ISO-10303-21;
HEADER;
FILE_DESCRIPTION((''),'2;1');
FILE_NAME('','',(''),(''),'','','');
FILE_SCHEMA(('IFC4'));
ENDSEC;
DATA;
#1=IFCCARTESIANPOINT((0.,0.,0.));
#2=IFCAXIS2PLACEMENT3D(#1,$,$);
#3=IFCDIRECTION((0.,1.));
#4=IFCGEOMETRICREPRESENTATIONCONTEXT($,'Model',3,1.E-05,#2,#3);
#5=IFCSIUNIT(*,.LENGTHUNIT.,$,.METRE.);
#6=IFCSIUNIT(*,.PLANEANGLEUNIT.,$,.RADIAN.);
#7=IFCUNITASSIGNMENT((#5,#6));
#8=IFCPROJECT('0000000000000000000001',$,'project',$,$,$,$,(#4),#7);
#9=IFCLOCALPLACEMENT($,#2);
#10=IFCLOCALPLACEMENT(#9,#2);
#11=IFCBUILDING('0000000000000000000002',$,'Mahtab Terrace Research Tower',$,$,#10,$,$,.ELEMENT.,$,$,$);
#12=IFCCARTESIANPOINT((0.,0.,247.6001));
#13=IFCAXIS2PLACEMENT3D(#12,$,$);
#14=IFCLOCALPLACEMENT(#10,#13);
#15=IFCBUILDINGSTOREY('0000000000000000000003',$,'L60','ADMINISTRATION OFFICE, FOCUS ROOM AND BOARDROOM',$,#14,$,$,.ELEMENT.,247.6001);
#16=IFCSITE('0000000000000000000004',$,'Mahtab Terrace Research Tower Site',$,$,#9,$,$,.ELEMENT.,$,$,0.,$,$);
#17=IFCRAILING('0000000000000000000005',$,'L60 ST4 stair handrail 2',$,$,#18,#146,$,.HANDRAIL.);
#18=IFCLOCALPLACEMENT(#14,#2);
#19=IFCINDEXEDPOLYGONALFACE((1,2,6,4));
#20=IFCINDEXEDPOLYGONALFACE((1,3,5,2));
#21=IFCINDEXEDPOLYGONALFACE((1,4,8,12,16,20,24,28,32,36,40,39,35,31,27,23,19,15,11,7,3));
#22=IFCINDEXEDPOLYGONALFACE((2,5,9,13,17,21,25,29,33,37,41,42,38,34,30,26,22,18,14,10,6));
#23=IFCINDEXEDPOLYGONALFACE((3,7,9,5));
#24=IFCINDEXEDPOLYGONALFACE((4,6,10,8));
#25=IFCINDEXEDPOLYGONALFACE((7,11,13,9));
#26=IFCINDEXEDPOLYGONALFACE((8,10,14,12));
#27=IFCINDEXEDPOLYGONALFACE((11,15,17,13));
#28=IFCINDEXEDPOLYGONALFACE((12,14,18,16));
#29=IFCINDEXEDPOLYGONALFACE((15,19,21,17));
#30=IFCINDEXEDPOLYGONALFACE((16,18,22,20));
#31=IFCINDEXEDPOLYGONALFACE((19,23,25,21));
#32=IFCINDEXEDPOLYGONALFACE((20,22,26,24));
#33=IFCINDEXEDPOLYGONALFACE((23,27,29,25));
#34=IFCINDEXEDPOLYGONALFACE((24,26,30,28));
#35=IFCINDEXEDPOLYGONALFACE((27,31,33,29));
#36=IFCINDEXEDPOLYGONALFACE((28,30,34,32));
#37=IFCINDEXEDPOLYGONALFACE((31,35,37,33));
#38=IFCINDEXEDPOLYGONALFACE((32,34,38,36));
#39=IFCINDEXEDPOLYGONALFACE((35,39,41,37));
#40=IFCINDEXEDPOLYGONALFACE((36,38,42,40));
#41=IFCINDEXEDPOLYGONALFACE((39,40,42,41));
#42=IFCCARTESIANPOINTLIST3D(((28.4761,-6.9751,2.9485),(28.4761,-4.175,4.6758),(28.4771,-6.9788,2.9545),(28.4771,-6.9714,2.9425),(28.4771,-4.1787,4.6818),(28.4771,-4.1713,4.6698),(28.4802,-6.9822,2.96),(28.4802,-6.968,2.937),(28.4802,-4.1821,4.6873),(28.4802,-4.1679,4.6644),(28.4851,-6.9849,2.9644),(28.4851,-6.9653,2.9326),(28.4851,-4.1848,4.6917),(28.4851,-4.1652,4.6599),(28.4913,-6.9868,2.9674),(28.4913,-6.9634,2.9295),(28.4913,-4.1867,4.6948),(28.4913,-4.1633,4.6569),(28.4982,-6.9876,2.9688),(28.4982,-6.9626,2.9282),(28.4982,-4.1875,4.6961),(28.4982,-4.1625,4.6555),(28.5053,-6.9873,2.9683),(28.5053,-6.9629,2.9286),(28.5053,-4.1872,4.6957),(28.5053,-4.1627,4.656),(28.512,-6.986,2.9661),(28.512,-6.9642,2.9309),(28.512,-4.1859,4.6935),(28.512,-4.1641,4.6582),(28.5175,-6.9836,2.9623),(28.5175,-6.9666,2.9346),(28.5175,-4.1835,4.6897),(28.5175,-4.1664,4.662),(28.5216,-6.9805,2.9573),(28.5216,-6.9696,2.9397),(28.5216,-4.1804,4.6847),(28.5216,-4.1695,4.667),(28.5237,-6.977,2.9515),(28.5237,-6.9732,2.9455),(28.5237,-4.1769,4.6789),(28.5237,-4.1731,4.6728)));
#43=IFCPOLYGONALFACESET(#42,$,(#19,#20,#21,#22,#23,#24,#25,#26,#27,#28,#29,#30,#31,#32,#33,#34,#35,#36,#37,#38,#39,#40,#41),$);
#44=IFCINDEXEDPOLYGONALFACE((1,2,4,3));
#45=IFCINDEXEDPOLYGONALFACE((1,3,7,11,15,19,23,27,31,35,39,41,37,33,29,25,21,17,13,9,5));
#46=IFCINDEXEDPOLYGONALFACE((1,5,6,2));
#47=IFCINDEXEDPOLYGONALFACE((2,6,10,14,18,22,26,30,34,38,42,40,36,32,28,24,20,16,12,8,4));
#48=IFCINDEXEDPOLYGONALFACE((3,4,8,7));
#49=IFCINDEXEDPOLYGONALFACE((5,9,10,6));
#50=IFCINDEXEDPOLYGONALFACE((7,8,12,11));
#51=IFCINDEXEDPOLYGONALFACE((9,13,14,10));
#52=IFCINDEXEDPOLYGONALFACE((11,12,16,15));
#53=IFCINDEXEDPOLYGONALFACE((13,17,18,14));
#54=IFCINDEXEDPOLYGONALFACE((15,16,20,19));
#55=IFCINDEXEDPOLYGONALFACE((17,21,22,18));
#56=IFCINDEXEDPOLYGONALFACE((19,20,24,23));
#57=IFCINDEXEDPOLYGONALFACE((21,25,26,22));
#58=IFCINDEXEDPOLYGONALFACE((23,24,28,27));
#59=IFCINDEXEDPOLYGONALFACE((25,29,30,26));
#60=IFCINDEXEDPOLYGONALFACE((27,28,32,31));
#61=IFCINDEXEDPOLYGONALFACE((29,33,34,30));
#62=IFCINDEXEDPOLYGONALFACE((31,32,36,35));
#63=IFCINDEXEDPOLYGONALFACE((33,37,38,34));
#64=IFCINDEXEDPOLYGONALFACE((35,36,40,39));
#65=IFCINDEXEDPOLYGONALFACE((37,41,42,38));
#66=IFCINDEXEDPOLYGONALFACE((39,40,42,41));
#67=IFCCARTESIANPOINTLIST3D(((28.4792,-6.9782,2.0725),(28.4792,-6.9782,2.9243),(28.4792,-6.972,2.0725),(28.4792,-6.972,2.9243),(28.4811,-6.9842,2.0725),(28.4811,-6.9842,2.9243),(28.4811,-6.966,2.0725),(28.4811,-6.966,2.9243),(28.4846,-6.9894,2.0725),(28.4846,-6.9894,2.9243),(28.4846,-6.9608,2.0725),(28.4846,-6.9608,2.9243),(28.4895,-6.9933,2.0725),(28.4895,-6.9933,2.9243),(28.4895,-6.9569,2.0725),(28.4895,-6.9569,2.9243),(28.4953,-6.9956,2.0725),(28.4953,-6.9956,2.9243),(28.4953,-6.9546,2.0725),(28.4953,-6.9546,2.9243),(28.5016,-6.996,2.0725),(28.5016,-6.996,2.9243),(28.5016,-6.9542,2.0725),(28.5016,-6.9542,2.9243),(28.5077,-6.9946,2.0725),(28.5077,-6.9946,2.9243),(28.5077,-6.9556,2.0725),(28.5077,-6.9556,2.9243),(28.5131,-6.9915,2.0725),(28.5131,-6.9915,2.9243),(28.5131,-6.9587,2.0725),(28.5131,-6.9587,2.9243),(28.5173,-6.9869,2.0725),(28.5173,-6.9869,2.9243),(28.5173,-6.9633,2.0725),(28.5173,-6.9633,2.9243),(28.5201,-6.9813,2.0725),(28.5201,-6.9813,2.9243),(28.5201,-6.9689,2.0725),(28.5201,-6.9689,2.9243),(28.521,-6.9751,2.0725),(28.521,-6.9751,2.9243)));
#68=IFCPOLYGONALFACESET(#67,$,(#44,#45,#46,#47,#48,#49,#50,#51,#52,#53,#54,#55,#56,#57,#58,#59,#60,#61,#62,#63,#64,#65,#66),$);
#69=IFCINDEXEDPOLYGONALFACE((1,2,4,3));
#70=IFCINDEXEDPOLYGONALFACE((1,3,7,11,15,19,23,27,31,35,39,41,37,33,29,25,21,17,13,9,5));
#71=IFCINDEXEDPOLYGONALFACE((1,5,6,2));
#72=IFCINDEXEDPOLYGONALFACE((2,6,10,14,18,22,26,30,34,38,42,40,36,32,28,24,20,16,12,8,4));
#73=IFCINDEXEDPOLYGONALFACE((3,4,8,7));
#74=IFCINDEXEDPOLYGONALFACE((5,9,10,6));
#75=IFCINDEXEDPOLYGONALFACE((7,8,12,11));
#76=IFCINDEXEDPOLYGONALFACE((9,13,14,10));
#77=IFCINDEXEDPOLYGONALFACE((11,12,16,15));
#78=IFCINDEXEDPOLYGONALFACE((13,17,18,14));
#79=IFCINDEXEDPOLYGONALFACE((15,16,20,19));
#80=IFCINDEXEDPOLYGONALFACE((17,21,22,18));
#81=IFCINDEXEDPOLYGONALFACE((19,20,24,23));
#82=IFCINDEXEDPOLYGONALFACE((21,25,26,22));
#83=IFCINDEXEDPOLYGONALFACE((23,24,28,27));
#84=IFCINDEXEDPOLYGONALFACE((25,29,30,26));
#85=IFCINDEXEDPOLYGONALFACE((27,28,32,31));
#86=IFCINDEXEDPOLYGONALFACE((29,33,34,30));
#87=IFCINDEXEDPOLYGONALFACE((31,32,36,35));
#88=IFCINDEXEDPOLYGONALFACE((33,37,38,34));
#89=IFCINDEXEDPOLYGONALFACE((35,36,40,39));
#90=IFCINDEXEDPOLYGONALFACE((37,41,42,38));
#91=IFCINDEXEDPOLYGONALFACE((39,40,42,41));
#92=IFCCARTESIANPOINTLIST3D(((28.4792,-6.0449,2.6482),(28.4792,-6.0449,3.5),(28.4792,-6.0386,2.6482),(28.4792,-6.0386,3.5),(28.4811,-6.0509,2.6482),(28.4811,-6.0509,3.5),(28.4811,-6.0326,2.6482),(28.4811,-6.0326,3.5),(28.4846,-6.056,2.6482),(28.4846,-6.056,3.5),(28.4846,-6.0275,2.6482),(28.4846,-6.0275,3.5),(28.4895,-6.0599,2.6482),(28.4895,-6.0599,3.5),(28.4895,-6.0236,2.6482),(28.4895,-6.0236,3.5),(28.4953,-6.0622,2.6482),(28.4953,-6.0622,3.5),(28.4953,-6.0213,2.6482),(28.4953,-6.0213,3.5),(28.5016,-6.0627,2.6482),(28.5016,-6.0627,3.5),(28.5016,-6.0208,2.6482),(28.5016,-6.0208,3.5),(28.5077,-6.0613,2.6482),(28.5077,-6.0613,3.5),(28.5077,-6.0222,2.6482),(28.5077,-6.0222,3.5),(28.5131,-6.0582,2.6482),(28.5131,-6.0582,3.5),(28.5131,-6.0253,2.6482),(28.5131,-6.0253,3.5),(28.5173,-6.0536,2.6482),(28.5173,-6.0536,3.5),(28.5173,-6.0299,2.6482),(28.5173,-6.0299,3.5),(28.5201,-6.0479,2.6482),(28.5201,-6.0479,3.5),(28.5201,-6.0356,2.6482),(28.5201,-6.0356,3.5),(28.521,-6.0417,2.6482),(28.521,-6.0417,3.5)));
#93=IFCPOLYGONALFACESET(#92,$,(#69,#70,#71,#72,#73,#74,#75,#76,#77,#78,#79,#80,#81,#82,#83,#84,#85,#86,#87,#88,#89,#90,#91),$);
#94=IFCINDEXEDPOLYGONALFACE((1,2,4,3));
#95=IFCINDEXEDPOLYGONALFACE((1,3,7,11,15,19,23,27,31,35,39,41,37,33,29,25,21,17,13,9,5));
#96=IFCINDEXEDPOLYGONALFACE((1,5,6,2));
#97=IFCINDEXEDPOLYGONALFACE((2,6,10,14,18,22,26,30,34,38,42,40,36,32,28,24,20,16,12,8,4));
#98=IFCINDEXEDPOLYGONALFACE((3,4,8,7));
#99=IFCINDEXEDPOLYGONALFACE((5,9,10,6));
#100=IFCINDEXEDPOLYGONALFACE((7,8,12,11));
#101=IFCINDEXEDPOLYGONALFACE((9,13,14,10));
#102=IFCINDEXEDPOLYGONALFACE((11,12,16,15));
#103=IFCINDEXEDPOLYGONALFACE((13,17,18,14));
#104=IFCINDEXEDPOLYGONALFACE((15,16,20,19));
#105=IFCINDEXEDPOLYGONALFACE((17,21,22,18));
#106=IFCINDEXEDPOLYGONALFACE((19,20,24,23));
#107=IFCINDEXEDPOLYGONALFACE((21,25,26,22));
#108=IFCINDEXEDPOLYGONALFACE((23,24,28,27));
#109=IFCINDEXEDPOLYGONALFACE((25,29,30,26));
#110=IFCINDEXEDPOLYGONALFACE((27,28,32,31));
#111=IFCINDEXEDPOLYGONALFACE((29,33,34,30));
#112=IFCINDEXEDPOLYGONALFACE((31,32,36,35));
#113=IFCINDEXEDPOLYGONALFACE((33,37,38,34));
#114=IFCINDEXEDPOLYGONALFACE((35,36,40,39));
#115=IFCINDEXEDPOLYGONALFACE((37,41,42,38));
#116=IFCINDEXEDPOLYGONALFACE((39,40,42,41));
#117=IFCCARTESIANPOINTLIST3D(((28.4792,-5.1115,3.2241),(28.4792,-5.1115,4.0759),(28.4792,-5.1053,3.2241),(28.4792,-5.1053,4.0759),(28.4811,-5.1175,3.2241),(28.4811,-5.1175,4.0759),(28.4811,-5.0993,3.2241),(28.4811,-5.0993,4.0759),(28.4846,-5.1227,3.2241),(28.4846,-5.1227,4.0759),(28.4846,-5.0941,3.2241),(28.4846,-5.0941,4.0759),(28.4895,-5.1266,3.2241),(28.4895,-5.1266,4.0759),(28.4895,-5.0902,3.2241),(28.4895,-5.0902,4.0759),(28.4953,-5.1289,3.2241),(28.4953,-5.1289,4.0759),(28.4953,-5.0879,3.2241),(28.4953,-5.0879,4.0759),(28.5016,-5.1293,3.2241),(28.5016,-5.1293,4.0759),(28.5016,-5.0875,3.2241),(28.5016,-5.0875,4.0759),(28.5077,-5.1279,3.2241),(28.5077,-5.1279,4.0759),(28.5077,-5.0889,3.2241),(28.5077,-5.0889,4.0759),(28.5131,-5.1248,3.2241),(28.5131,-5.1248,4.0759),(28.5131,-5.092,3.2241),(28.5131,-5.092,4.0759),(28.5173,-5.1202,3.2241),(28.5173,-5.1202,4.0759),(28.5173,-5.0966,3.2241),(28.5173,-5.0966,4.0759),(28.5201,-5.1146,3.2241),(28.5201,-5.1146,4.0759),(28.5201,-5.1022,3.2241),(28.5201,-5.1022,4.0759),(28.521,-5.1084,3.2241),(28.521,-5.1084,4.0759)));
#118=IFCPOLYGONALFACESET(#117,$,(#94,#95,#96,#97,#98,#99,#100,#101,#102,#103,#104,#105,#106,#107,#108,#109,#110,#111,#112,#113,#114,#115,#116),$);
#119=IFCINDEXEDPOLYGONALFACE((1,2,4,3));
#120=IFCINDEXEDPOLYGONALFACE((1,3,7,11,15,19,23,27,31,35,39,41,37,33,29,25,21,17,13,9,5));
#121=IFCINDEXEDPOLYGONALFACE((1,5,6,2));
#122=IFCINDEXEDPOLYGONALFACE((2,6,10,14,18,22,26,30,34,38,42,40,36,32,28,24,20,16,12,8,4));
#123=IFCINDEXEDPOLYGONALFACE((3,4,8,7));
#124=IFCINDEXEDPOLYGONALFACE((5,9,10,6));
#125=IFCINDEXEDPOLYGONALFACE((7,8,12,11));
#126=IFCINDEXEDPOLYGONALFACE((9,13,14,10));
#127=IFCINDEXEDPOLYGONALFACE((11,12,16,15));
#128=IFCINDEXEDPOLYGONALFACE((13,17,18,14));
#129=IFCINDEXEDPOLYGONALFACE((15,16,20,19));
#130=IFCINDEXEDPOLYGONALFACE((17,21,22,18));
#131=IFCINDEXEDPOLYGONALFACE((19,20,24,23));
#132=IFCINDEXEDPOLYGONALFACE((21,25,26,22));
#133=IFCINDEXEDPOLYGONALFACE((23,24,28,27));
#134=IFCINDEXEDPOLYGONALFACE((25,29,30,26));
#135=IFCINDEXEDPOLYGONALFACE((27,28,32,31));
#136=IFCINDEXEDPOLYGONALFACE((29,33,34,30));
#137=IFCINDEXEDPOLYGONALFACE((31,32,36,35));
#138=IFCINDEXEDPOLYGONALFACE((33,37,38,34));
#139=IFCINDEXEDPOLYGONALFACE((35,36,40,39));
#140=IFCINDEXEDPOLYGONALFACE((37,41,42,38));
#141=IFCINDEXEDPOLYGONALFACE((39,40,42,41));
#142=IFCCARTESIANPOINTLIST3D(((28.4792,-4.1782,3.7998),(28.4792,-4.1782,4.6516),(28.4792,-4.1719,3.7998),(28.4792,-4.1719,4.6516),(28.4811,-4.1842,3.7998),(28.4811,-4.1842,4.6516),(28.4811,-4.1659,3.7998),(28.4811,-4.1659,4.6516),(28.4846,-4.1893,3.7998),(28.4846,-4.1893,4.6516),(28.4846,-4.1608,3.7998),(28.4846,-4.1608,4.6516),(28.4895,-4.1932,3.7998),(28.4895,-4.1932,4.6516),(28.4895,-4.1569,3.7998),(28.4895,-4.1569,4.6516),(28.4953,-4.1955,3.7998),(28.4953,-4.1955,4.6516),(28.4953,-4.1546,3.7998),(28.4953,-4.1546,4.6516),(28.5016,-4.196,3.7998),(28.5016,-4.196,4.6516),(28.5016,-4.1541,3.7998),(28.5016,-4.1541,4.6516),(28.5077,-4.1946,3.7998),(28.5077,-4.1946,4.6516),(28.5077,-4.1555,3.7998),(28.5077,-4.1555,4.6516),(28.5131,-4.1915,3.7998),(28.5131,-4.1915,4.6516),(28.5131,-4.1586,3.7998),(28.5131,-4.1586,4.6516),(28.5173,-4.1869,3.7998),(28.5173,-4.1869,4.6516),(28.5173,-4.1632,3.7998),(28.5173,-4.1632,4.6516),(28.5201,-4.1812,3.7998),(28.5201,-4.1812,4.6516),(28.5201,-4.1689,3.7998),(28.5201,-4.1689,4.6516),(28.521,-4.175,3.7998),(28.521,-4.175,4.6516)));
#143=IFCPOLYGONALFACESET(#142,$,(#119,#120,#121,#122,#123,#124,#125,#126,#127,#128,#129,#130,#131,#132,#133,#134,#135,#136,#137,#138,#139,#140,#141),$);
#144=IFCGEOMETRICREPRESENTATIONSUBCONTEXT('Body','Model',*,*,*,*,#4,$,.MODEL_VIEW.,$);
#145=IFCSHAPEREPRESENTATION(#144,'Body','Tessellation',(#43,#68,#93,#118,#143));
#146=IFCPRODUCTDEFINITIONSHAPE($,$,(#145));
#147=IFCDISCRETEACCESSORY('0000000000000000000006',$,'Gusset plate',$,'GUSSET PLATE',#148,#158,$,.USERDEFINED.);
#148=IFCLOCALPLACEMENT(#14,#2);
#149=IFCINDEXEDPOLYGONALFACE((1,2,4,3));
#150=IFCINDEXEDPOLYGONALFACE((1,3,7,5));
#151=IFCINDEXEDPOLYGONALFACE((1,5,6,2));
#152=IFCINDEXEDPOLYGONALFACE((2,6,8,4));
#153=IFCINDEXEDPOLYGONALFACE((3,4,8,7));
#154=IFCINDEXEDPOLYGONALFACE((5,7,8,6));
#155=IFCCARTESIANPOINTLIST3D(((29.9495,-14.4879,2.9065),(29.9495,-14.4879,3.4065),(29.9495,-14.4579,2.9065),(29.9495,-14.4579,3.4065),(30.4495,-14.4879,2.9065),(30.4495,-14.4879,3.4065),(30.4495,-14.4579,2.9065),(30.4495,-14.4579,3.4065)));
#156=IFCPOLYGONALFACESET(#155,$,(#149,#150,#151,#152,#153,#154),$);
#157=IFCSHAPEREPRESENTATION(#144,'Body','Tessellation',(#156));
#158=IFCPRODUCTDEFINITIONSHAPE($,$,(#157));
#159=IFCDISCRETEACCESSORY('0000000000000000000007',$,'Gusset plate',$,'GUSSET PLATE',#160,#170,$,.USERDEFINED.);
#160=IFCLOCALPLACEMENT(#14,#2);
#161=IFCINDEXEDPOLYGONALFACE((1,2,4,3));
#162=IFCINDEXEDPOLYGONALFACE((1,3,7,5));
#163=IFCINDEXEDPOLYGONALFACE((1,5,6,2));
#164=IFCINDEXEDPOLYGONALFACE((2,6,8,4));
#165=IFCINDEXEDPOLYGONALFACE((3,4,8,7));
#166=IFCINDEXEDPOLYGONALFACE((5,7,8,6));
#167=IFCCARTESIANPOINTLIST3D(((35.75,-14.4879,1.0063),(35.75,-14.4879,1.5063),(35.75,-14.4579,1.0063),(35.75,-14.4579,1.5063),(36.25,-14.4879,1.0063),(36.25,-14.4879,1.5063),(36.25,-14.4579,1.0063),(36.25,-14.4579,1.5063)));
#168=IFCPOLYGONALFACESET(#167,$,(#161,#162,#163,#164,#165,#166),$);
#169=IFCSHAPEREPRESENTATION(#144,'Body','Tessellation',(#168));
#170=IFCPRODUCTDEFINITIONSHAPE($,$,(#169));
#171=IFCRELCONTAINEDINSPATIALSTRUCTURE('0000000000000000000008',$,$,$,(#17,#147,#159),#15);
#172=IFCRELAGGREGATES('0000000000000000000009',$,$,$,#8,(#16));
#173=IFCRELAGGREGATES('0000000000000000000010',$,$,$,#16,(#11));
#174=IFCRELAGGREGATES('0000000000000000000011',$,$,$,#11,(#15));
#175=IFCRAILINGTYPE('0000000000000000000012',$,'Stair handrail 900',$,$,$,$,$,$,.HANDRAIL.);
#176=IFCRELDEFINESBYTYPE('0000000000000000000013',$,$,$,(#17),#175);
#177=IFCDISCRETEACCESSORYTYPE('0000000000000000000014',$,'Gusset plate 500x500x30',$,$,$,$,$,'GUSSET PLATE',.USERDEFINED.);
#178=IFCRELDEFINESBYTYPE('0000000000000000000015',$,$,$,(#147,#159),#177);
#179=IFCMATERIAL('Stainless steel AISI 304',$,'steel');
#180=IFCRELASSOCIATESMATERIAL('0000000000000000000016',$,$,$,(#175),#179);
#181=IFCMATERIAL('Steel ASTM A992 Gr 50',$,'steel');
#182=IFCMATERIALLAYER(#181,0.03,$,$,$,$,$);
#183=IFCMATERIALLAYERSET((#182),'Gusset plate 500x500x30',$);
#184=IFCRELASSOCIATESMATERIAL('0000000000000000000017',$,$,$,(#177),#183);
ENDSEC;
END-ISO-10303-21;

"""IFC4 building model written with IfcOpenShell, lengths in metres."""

from ifc_helpers import new_model, si_unit, direction, frame, origin, origin_2d, place, context, subcontext, project, spatial, rectangle, circle, extrude, material, layer, layer_set, type_object, element, save


model = new_model("IFC4")

# Units and contexts
model_context = context("Model", 3, precision=1e-05, world=origin(), true_north=direction((0.0, 1.0)))
body_context = subcontext(model_context, "Body", "Model", "MODEL_VIEW")
ifc_project = project(units=[si_unit("LENGTHUNIT", "METRE"), si_unit("PLANEANGLEUNIT", "RADIAN")], contexts=[model_context])

# Site, building, storey
site_placement = place(None, origin())
site = spatial("IfcSite", under=ifc_project, at=site_placement, Name="Mahtab Terrace Research Tower Site", CompositionType="ELEMENT", RefElevation=0.0)
building_placement = place(site_placement, origin())
building = spatial("IfcBuilding", under=site, at=building_placement, Name="Mahtab Terrace Research Tower", CompositionType="ELEMENT")
storey_placement = place(building_placement, frame((0.0, 0.0, 247.6001)))
storey = spatial("IfcBuildingStorey", under=building, at=storey_placement, Name="L60", Description="ADMINISTRATION OFFICE, FOCUS ROOM AND BOARDROOM", CompositionType="ELEMENT", Elevation=247.6001)

# Shared definitions
ifc_material_1 = material(Name="Steel ASTM A992 Gr 50", Category="steel")

# Railing
ifc_material_2 = material(Name="Stainless steel AISI 304", Category="steel")
railing_type = type_object("IfcRailingType", Name="Stair handrail 900", PredefinedType="HANDRAIL", material=ifc_material_2)
railing_placement = place(storey_placement, frame((28.5, -6.9751, 2.0725)))
element("IfcRailing", 1, at=railing_placement, inside=storey, type_object=railing_type, Name="L60 ST4 stair handrail 2", PredefinedType="HANDRAIL", context=body_context, shape_type="SweptSolid", body=[
    extrude(circle(Radius=0.0239, at=origin_2d()), frame((0.0, 0.0, 0.876), z_axis=(0.0, 0.85109, 0.52502), x_axis=(-1.0, 0.0, 0.0)), (0.0, 0.0, 1.0), 3.29),
    extrude(circle(Radius=0.021, at=origin_2d()), origin(), (0.0, 0.0, 1.0), 0.8518),
    extrude(circle(Radius=0.021, at=origin_2d()), frame((0.0, 0.9333, 0.5757)), (0.0, 0.0, 1.0), 0.8518),
    extrude(circle(Radius=0.021, at=origin_2d()), frame((0.0, 1.8667, 1.1516)), (0.0, 0.0, 1.0), 0.8518),
    extrude(circle(Radius=0.021, at=origin_2d()), frame((0.0, 2.8, 1.7273)), (0.0, 0.0, 1.0), 0.8518),
])

# Discrete accessories
ifc_layer_1 = layer(ifc_material_1, 0.03)
ifc_layer_set_1 = layer_set([ifc_layer_1], Name="Gusset plate 500x500x30")
discrete_accessory_type = type_object("IfcDiscreteAccessoryType", Name="Gusset plate 500x500x30", ElementType="GUSSET PLATE", PredefinedType="USERDEFINED", material=ifc_layer_set_1)
for number, where, z_axis, x_axis, name in (
    (2, (30.1995, -14.4729, 2.9065), (0.0, 0.0, 1.0), (1.0, 0.0, 0.0), "Gusset plate"),
    (3, (36.0, -14.4729, 1.0063), (0.0, 0.0, 1.0), (1.0, 0.0, 0.0), "Gusset plate"),
):
    element("IfcDiscreteAccessory", number, at=place(storey_placement, frame(where, z_axis=z_axis, x_axis=x_axis)), inside=storey, type_object=discrete_accessory_type, Name=name, ObjectType="GUSSET PLATE", PredefinedType="USERDEFINED", context=body_context, shape_type="SweptSolid", body=[
        extrude(rectangle(XDim=0.5, YDim=0.03, at=origin_2d()), origin(), (0.0, 0.0, 1.0), 0.5),
    ])

save(model, "model.ifc")
